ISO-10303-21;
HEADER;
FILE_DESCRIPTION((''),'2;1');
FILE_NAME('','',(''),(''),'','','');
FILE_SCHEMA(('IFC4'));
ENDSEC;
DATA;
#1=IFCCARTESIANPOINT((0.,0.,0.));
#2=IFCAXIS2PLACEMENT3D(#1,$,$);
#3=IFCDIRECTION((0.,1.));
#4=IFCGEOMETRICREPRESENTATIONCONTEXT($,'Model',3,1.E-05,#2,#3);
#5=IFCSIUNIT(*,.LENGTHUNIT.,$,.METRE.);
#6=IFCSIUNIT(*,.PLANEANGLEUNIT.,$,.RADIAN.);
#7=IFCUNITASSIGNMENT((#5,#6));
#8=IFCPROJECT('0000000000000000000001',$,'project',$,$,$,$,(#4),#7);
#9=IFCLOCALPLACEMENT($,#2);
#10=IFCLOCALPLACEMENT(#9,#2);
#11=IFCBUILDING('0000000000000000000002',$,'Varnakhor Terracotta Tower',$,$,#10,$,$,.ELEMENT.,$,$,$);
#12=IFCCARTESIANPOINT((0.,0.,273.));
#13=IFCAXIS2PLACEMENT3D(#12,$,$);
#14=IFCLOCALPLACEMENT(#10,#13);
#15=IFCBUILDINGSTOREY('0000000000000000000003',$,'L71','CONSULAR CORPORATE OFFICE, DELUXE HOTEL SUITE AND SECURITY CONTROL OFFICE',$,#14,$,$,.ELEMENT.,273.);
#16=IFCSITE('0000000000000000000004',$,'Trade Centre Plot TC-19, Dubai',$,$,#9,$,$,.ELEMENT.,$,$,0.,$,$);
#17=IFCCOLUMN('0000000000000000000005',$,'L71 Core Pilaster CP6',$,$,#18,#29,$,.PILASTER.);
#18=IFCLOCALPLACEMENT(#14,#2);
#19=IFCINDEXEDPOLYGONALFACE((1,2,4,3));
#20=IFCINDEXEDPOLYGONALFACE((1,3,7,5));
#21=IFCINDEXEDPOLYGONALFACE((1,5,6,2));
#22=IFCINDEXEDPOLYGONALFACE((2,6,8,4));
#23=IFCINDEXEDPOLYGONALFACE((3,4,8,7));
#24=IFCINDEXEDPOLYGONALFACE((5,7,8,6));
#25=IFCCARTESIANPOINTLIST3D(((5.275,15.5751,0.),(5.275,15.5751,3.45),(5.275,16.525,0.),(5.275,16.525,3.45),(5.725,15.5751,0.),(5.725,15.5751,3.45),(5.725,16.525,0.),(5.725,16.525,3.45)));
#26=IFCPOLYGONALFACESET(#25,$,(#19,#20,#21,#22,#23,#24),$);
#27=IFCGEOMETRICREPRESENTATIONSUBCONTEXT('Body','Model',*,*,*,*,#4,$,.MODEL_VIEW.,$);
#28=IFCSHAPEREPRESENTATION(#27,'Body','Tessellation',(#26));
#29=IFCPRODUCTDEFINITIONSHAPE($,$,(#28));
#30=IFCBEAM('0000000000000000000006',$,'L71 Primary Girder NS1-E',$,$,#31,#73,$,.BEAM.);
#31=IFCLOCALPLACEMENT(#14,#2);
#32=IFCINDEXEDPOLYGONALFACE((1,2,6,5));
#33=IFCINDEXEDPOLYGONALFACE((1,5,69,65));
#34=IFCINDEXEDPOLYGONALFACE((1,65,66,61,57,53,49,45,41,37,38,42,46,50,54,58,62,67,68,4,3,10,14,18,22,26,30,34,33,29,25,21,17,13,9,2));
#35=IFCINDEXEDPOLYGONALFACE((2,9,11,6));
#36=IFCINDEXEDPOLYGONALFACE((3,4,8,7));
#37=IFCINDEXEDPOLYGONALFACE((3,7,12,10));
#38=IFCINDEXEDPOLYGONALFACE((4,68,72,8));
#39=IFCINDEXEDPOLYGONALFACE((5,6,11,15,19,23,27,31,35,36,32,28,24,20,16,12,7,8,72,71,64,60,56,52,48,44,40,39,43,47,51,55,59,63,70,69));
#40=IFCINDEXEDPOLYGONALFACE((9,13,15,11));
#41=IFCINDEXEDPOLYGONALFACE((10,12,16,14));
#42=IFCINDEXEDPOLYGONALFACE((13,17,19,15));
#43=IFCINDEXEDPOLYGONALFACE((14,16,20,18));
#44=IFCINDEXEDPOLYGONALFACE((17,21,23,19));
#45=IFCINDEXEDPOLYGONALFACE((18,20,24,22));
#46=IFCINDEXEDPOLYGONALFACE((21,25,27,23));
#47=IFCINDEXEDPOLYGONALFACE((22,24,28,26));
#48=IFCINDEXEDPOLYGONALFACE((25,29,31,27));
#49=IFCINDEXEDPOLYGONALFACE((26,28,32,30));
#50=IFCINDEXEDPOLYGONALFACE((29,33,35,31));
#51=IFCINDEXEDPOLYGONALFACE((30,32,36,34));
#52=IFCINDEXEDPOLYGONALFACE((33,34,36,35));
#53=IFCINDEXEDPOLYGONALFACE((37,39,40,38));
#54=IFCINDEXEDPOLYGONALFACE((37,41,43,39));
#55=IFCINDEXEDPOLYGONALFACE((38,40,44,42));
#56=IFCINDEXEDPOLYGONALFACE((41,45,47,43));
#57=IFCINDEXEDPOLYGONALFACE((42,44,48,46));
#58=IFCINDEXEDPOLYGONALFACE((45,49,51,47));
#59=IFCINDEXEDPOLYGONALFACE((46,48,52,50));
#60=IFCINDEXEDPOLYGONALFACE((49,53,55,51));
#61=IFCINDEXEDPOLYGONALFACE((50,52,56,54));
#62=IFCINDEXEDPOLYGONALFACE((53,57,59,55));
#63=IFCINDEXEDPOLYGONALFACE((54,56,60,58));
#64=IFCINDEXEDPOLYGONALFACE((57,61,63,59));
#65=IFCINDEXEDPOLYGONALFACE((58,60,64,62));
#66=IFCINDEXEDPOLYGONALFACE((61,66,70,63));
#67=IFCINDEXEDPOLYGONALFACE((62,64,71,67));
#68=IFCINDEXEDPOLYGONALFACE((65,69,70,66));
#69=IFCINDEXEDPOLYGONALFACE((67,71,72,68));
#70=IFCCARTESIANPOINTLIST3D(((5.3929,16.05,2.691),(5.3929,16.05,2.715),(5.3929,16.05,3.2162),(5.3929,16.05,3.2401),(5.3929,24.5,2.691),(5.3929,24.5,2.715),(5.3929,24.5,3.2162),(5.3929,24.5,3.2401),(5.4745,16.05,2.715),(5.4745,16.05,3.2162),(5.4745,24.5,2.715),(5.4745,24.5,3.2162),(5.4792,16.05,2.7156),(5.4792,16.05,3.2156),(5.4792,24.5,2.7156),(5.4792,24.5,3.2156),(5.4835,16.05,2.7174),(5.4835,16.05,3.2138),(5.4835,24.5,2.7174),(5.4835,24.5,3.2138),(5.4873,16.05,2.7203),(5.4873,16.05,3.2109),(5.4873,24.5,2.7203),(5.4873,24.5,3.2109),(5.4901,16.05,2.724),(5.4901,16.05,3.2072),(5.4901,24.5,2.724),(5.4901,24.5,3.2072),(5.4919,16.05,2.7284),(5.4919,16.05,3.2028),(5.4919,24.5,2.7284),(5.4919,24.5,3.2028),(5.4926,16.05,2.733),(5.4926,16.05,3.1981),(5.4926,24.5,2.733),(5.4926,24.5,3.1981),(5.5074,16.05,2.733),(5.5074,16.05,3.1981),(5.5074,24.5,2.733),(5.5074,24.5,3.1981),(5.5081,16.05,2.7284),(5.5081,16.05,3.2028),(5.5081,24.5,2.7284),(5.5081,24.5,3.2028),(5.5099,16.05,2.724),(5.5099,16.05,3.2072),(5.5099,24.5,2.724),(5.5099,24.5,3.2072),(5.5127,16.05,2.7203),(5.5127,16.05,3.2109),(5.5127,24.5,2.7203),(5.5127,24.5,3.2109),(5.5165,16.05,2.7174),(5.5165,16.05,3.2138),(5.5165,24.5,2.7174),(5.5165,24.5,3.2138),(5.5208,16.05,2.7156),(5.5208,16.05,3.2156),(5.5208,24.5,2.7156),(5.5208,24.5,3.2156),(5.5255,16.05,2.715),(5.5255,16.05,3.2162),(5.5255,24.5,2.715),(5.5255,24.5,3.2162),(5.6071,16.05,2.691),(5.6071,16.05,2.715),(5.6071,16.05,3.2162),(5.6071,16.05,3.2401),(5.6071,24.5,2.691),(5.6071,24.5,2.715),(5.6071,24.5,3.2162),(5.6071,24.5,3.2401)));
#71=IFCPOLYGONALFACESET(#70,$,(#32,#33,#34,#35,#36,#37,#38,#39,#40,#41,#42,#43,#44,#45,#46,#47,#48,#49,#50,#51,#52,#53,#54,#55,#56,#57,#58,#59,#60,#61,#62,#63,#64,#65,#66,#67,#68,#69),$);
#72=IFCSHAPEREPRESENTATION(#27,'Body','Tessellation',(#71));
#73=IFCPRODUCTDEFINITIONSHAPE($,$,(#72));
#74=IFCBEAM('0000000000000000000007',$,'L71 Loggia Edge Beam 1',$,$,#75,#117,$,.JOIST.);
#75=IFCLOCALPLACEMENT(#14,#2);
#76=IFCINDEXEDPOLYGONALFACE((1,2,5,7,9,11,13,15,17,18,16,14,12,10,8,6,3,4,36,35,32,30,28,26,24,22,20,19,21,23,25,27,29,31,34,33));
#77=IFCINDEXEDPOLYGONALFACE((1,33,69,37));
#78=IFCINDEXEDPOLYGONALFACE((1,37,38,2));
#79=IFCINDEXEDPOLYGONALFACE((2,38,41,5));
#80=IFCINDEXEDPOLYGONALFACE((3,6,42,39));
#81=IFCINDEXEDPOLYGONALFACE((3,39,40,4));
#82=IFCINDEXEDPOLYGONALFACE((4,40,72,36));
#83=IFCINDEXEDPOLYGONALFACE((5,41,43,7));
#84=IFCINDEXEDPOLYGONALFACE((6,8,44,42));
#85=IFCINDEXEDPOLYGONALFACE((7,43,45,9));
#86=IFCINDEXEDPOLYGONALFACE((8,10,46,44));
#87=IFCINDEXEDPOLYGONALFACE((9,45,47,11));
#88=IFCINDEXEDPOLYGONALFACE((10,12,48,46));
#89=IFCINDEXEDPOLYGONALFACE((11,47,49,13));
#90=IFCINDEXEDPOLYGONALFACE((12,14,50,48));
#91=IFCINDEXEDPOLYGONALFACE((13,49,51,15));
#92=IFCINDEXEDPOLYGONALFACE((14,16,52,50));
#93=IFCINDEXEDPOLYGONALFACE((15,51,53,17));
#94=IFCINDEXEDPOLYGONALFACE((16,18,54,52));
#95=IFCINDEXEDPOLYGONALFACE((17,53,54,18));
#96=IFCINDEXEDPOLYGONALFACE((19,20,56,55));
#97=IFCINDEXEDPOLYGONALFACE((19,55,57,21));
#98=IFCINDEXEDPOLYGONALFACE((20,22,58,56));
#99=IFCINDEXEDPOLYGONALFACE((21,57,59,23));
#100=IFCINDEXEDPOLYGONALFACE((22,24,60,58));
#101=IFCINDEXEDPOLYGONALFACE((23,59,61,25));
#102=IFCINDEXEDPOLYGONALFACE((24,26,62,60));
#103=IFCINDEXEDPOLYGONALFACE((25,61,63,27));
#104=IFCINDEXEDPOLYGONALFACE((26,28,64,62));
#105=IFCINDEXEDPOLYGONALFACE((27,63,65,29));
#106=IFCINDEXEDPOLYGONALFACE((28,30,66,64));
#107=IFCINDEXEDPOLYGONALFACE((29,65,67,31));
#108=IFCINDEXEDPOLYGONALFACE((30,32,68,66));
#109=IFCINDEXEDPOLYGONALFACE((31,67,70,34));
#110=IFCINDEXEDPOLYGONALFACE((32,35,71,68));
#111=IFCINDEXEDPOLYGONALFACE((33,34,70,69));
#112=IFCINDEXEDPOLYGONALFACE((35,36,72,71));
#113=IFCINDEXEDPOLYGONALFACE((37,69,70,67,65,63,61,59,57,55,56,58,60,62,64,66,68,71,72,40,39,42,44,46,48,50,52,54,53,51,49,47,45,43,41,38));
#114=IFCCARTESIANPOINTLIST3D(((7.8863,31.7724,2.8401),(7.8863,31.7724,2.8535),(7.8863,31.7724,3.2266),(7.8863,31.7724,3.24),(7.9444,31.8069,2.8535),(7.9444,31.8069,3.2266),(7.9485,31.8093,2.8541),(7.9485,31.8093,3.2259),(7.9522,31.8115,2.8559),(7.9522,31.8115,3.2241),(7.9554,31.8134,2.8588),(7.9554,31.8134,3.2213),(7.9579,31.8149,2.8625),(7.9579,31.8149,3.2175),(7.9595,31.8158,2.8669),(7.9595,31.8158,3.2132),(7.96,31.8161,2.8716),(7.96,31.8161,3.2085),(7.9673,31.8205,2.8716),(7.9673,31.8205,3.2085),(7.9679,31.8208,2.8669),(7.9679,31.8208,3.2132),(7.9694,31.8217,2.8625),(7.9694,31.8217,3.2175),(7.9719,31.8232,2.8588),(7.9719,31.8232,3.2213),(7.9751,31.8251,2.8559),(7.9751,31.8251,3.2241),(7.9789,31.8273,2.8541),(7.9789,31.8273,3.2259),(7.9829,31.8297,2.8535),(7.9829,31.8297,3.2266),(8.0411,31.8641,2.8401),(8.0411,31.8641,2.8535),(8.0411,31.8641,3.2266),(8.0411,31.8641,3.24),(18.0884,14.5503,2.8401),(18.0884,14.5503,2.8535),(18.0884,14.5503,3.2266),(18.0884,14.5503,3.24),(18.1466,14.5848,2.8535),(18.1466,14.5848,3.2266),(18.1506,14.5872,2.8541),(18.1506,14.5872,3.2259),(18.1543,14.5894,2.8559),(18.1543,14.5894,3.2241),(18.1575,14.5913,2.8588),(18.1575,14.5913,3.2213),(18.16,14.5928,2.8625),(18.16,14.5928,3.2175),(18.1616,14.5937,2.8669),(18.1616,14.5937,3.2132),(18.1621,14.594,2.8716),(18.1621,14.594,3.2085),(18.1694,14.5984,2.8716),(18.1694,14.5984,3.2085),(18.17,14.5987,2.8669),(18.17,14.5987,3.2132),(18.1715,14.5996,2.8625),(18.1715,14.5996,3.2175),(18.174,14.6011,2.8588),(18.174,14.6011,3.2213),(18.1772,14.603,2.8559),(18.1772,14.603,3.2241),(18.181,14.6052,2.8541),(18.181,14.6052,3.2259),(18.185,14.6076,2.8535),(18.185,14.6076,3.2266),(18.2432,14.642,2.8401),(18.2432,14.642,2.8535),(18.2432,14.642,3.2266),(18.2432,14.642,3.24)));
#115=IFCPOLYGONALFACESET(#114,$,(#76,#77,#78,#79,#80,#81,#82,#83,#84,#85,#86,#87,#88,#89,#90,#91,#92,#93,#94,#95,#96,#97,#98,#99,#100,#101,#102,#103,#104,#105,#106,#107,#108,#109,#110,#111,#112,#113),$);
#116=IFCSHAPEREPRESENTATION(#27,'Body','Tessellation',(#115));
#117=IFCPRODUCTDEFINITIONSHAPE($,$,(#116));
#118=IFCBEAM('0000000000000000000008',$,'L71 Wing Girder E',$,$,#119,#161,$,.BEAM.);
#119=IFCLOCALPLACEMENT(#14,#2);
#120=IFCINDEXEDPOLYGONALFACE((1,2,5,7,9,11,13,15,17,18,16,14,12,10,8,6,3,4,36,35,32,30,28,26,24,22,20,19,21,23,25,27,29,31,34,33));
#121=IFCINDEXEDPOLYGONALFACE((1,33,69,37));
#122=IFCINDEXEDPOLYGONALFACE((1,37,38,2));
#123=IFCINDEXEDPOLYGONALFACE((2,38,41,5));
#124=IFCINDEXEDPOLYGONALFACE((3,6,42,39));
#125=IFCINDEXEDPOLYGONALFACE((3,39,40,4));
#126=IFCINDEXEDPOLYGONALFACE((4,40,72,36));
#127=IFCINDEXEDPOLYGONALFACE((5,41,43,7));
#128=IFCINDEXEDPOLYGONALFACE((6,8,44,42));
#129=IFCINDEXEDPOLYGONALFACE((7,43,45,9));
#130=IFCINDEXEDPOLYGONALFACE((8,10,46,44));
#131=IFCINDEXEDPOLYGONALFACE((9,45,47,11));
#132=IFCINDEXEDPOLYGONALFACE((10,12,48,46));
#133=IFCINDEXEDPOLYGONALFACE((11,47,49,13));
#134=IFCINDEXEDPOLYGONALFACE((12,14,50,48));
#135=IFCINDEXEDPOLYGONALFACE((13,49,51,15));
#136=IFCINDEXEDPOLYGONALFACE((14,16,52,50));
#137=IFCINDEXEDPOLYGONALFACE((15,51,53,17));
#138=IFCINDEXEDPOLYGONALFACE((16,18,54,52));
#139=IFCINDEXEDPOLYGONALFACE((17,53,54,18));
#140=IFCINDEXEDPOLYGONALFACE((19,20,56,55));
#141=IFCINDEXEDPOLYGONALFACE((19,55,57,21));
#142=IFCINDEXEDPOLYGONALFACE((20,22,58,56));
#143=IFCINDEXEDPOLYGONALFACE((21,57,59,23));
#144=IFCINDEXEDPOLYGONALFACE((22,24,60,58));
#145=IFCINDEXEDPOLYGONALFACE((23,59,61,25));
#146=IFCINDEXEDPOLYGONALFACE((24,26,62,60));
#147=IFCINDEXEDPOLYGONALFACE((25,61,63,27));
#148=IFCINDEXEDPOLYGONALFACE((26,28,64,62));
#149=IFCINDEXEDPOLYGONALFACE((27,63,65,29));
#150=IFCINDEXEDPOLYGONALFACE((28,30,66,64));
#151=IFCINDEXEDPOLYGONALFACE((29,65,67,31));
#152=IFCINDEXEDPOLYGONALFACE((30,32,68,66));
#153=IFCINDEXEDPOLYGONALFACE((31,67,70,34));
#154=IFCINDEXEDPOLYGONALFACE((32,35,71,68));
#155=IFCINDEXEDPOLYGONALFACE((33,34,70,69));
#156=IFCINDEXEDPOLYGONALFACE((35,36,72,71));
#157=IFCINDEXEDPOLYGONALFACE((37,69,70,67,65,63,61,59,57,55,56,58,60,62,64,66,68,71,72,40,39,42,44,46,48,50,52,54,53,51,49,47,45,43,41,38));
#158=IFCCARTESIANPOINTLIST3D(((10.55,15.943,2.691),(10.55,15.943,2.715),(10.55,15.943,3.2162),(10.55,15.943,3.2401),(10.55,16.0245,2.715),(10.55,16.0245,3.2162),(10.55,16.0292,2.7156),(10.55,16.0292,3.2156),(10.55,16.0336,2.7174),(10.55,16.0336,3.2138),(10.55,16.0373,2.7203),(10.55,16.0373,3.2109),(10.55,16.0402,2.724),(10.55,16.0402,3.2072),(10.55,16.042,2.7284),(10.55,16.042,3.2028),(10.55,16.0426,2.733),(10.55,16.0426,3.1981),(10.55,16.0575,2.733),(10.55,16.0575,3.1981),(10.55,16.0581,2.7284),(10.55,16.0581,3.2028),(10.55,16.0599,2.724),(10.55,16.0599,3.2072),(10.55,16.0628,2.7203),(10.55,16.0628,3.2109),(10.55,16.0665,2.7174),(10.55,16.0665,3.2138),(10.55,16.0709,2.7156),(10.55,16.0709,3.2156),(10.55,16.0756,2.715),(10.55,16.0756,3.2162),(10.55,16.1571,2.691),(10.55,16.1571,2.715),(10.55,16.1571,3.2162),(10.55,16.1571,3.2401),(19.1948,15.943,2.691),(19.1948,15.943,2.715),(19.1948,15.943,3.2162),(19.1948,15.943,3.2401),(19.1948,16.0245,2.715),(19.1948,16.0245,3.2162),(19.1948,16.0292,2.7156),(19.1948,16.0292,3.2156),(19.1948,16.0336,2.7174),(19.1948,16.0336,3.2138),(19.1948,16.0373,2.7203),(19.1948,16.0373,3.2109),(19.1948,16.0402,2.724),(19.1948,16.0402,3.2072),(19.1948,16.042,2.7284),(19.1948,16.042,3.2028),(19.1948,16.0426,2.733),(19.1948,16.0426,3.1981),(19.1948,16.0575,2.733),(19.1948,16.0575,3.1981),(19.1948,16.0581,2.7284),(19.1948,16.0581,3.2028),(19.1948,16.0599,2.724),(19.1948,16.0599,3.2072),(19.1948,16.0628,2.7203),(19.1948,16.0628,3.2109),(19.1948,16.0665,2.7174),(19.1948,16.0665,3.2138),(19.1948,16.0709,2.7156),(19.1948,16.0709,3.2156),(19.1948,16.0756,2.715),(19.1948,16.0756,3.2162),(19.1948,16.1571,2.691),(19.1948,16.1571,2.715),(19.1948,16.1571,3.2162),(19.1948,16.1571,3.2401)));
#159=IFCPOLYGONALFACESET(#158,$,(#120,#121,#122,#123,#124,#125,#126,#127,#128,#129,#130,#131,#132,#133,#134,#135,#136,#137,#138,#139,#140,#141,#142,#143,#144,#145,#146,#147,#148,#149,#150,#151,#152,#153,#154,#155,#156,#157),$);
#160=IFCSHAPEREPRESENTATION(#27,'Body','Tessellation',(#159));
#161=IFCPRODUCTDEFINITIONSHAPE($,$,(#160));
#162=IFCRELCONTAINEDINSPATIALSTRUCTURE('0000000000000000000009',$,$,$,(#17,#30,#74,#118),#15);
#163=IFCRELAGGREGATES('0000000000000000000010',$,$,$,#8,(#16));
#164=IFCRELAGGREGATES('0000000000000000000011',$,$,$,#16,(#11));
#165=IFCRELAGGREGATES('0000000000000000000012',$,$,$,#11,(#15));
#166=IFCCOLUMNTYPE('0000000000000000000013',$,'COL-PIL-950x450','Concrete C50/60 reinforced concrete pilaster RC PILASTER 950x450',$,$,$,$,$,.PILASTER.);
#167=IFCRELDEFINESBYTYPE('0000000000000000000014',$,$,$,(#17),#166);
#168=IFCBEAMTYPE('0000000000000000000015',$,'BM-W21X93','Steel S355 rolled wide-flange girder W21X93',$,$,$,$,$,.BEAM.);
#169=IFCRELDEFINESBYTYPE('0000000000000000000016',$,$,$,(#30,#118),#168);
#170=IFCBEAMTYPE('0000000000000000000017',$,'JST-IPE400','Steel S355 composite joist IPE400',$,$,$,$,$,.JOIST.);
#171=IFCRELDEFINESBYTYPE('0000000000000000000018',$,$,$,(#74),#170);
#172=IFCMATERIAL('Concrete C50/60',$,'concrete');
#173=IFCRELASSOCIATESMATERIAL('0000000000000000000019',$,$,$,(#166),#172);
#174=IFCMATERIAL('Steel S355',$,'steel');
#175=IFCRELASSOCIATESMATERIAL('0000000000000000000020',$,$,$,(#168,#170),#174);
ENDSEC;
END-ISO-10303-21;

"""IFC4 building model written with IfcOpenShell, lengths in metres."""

from ifc_helpers import new_model, si_unit, direction, frame, origin, origin_2d, place, context, subcontext, project, spatial, rectangle, i_section, extrude, source, transform, mapped, material, material_profile, profile_set, type_object, type_shapes, element, save


model = new_model("IFC4")

# Units and contexts
model_context = context("Model", 3, precision=1e-05, world=origin(), true_north=direction((0.0, 1.0)))
body_context = subcontext(model_context, "Body", "Model", "MODEL_VIEW")
ifc_project = project(units=[si_unit("LENGTHUNIT", "METRE"), si_unit("PLANEANGLEUNIT", "RADIAN")], contexts=[model_context])

# Site, building, storey
site_placement = place(None, origin())
site = spatial("IfcSite", under=ifc_project, at=site_placement, Name="Trade Centre Plot TC-19, Dubai", CompositionType="ELEMENT", RefElevation=0.0)
building_placement = place(site_placement, origin())
building = spatial("IfcBuilding", under=site, at=building_placement, Name="Varnakhor Terracotta Tower", CompositionType="ELEMENT")
storey_placement = place(building_placement, frame((0.0, 0.0, 273.0)))
storey = spatial("IfcBuildingStorey", under=building, at=storey_placement, Name="L71", Description="CONSULAR CORPORATE OFFICE, DELUXE HOTEL SUITE AND SECURITY CONTROL OFFICE", CompositionType="ELEMENT", Elevation=273.0)

# Column
ifc_material_1 = material(Name="Concrete C50/60", Category="concrete")
ifc_material_profile_1 = material_profile(ifc_material_1, rectangle(XDim=0.45, YDim=0.95, at=origin_2d()), Name="RC PILASTER 950x450")
ifc_profile_set_1 = profile_set([ifc_material_profile_1], Name="Concrete C50/60")
column_type = type_object("IfcColumnType", Name="COL-PIL-950x450", Description="Concrete C50/60 reinforced concrete pilaster RC PILASTER 950x450", PredefinedType="PILASTER", material=ifc_profile_set_1)
shared_shape_1 = source(origin(), body_context, "Body", "SweptSolid", [
    extrude(rectangle(XDim=0.45, YDim=0.95, at=origin_2d()), origin(), (0.0, 0.0, 1.0), 3.45),
])
column_placement = place(storey_placement, frame((5.5, 16.05, 0.0), z_axis=(0.0, 0.0, 1.0), x_axis=(1.0, 0.0, 0.0)))
element("IfcColumn", 1, at=column_placement, inside=storey, type_object=column_type, Name="L71 Core Pilaster CP6", PredefinedType="PILASTER", context=body_context, shape_type="MappedRepresentation", body=[
    mapped(shared_shape_1, transform((0.0, 0.0, 0.0), scale=1.0)),
])

# Beams
ifc_material_2 = material(Name="Steel S355", Category="steel")
ifc_material_profile_2 = material_profile(ifc_material_2, i_section(OverallWidth=0.2141, OverallDepth=0.5491, WebThickness=0.0149, FlangeThickness=0.0239, FilletRadius=0.0181, at=origin_2d()), Name="W21X93")
ifc_profile_set_2 = profile_set([ifc_material_profile_2], Name="Steel S355")
beam_type_1 = type_object("IfcBeamType", Name="BM-W21X93", Description="Steel S355 rolled wide-flange girder W21X93", PredefinedType="BEAM", material=ifc_profile_set_2)
shared_shape_2 = source(origin(), body_context, "Body", "SweptSolid", [
    extrude(i_section(OverallWidth=0.2141, OverallDepth=0.5491, WebThickness=0.0149, FlangeThickness=0.0239, FilletRadius=0.0181, at=origin_2d()), origin(), (0.0, 0.0, 1.0), 8.45),
])
type_shapes(beam_type_1, [shared_shape_2])
beam_1_placement = place(storey_placement, frame((5.5, 16.05, 2.9656), z_axis=(0.0, 1.0, 0.0), x_axis=(-1.0, 0.0, 0.0)))
element("IfcBeam", 2, at=beam_1_placement, inside=storey, type_object=beam_type_1, Name="L71 Primary Girder NS1-E", PredefinedType="BEAM", context=body_context, shape_type="MappedRepresentation", body=[
    mapped(shared_shape_2, transform((0.0, 0.0, 0.0), scale=1.0)),
])
ifc_material_profile_3 = material_profile(ifc_material_2, i_section(OverallWidth=0.1799, OverallDepth=0.3999, WebThickness=0.0085, FlangeThickness=0.0134, FilletRadius=0.0181, at=origin_2d()), Name="IPE400")
ifc_profile_set_3 = profile_set([ifc_material_profile_3], Name="Steel S355")
beam_type_2 = type_object("IfcBeamType", Name="JST-IPE400", Description="Steel S355 composite joist IPE400", PredefinedType="JOIST", material=ifc_profile_set_3)
shared_shape_3 = source(origin(), body_context, "Body", "SweptSolid", [
    extrude(i_section(OverallWidth=0.1799, OverallDepth=0.3999, WebThickness=0.0085, FlangeThickness=0.0134, FilletRadius=0.0181, at=origin_2d()), origin(), (0.0, 0.0, 1.0), 20.0171),
])
beam_2_placement = place(storey_placement, frame((18.1658, 14.5962, 3.04), z_axis=(-0.50967, 0.86037, 0.0), x_axis=(-0.86037, -0.50967, 0.0)))
element("IfcBeam", 3, at=beam_2_placement, inside=storey, type_object=beam_type_2, Name="L71 Loggia Edge Beam 1", PredefinedType="JOIST", context=body_context, shape_type="MappedRepresentation", body=[
    mapped(shared_shape_3, transform((0.0, 0.0, 0.0), scale=1.0)),
])
shared_shape_4 = source(origin(), body_context, "Body", "SweptSolid", [
    extrude(i_section(OverallWidth=0.2141, OverallDepth=0.5491, WebThickness=0.0149, FlangeThickness=0.0239, FilletRadius=0.0181, at=origin_2d()), origin(), (0.0, 0.0, 1.0), 8.6448),
])
beam_3_placement = place(storey_placement, frame((10.55, 16.05, 2.9656), z_axis=(1.0, 0.0, 0.0), x_axis=(0.0, 1.0, 0.0)))
element("IfcBeam", 4, at=beam_3_placement, inside=storey, type_object=beam_type_1, Name="L71 Wing Girder E", PredefinedType="BEAM", context=body_context, shape_type="MappedRepresentation", body=[
    mapped(shared_shape_4, transform((0.0, 0.0, 0.0), scale=1.0)),
])

save(model, "model.ifc")
